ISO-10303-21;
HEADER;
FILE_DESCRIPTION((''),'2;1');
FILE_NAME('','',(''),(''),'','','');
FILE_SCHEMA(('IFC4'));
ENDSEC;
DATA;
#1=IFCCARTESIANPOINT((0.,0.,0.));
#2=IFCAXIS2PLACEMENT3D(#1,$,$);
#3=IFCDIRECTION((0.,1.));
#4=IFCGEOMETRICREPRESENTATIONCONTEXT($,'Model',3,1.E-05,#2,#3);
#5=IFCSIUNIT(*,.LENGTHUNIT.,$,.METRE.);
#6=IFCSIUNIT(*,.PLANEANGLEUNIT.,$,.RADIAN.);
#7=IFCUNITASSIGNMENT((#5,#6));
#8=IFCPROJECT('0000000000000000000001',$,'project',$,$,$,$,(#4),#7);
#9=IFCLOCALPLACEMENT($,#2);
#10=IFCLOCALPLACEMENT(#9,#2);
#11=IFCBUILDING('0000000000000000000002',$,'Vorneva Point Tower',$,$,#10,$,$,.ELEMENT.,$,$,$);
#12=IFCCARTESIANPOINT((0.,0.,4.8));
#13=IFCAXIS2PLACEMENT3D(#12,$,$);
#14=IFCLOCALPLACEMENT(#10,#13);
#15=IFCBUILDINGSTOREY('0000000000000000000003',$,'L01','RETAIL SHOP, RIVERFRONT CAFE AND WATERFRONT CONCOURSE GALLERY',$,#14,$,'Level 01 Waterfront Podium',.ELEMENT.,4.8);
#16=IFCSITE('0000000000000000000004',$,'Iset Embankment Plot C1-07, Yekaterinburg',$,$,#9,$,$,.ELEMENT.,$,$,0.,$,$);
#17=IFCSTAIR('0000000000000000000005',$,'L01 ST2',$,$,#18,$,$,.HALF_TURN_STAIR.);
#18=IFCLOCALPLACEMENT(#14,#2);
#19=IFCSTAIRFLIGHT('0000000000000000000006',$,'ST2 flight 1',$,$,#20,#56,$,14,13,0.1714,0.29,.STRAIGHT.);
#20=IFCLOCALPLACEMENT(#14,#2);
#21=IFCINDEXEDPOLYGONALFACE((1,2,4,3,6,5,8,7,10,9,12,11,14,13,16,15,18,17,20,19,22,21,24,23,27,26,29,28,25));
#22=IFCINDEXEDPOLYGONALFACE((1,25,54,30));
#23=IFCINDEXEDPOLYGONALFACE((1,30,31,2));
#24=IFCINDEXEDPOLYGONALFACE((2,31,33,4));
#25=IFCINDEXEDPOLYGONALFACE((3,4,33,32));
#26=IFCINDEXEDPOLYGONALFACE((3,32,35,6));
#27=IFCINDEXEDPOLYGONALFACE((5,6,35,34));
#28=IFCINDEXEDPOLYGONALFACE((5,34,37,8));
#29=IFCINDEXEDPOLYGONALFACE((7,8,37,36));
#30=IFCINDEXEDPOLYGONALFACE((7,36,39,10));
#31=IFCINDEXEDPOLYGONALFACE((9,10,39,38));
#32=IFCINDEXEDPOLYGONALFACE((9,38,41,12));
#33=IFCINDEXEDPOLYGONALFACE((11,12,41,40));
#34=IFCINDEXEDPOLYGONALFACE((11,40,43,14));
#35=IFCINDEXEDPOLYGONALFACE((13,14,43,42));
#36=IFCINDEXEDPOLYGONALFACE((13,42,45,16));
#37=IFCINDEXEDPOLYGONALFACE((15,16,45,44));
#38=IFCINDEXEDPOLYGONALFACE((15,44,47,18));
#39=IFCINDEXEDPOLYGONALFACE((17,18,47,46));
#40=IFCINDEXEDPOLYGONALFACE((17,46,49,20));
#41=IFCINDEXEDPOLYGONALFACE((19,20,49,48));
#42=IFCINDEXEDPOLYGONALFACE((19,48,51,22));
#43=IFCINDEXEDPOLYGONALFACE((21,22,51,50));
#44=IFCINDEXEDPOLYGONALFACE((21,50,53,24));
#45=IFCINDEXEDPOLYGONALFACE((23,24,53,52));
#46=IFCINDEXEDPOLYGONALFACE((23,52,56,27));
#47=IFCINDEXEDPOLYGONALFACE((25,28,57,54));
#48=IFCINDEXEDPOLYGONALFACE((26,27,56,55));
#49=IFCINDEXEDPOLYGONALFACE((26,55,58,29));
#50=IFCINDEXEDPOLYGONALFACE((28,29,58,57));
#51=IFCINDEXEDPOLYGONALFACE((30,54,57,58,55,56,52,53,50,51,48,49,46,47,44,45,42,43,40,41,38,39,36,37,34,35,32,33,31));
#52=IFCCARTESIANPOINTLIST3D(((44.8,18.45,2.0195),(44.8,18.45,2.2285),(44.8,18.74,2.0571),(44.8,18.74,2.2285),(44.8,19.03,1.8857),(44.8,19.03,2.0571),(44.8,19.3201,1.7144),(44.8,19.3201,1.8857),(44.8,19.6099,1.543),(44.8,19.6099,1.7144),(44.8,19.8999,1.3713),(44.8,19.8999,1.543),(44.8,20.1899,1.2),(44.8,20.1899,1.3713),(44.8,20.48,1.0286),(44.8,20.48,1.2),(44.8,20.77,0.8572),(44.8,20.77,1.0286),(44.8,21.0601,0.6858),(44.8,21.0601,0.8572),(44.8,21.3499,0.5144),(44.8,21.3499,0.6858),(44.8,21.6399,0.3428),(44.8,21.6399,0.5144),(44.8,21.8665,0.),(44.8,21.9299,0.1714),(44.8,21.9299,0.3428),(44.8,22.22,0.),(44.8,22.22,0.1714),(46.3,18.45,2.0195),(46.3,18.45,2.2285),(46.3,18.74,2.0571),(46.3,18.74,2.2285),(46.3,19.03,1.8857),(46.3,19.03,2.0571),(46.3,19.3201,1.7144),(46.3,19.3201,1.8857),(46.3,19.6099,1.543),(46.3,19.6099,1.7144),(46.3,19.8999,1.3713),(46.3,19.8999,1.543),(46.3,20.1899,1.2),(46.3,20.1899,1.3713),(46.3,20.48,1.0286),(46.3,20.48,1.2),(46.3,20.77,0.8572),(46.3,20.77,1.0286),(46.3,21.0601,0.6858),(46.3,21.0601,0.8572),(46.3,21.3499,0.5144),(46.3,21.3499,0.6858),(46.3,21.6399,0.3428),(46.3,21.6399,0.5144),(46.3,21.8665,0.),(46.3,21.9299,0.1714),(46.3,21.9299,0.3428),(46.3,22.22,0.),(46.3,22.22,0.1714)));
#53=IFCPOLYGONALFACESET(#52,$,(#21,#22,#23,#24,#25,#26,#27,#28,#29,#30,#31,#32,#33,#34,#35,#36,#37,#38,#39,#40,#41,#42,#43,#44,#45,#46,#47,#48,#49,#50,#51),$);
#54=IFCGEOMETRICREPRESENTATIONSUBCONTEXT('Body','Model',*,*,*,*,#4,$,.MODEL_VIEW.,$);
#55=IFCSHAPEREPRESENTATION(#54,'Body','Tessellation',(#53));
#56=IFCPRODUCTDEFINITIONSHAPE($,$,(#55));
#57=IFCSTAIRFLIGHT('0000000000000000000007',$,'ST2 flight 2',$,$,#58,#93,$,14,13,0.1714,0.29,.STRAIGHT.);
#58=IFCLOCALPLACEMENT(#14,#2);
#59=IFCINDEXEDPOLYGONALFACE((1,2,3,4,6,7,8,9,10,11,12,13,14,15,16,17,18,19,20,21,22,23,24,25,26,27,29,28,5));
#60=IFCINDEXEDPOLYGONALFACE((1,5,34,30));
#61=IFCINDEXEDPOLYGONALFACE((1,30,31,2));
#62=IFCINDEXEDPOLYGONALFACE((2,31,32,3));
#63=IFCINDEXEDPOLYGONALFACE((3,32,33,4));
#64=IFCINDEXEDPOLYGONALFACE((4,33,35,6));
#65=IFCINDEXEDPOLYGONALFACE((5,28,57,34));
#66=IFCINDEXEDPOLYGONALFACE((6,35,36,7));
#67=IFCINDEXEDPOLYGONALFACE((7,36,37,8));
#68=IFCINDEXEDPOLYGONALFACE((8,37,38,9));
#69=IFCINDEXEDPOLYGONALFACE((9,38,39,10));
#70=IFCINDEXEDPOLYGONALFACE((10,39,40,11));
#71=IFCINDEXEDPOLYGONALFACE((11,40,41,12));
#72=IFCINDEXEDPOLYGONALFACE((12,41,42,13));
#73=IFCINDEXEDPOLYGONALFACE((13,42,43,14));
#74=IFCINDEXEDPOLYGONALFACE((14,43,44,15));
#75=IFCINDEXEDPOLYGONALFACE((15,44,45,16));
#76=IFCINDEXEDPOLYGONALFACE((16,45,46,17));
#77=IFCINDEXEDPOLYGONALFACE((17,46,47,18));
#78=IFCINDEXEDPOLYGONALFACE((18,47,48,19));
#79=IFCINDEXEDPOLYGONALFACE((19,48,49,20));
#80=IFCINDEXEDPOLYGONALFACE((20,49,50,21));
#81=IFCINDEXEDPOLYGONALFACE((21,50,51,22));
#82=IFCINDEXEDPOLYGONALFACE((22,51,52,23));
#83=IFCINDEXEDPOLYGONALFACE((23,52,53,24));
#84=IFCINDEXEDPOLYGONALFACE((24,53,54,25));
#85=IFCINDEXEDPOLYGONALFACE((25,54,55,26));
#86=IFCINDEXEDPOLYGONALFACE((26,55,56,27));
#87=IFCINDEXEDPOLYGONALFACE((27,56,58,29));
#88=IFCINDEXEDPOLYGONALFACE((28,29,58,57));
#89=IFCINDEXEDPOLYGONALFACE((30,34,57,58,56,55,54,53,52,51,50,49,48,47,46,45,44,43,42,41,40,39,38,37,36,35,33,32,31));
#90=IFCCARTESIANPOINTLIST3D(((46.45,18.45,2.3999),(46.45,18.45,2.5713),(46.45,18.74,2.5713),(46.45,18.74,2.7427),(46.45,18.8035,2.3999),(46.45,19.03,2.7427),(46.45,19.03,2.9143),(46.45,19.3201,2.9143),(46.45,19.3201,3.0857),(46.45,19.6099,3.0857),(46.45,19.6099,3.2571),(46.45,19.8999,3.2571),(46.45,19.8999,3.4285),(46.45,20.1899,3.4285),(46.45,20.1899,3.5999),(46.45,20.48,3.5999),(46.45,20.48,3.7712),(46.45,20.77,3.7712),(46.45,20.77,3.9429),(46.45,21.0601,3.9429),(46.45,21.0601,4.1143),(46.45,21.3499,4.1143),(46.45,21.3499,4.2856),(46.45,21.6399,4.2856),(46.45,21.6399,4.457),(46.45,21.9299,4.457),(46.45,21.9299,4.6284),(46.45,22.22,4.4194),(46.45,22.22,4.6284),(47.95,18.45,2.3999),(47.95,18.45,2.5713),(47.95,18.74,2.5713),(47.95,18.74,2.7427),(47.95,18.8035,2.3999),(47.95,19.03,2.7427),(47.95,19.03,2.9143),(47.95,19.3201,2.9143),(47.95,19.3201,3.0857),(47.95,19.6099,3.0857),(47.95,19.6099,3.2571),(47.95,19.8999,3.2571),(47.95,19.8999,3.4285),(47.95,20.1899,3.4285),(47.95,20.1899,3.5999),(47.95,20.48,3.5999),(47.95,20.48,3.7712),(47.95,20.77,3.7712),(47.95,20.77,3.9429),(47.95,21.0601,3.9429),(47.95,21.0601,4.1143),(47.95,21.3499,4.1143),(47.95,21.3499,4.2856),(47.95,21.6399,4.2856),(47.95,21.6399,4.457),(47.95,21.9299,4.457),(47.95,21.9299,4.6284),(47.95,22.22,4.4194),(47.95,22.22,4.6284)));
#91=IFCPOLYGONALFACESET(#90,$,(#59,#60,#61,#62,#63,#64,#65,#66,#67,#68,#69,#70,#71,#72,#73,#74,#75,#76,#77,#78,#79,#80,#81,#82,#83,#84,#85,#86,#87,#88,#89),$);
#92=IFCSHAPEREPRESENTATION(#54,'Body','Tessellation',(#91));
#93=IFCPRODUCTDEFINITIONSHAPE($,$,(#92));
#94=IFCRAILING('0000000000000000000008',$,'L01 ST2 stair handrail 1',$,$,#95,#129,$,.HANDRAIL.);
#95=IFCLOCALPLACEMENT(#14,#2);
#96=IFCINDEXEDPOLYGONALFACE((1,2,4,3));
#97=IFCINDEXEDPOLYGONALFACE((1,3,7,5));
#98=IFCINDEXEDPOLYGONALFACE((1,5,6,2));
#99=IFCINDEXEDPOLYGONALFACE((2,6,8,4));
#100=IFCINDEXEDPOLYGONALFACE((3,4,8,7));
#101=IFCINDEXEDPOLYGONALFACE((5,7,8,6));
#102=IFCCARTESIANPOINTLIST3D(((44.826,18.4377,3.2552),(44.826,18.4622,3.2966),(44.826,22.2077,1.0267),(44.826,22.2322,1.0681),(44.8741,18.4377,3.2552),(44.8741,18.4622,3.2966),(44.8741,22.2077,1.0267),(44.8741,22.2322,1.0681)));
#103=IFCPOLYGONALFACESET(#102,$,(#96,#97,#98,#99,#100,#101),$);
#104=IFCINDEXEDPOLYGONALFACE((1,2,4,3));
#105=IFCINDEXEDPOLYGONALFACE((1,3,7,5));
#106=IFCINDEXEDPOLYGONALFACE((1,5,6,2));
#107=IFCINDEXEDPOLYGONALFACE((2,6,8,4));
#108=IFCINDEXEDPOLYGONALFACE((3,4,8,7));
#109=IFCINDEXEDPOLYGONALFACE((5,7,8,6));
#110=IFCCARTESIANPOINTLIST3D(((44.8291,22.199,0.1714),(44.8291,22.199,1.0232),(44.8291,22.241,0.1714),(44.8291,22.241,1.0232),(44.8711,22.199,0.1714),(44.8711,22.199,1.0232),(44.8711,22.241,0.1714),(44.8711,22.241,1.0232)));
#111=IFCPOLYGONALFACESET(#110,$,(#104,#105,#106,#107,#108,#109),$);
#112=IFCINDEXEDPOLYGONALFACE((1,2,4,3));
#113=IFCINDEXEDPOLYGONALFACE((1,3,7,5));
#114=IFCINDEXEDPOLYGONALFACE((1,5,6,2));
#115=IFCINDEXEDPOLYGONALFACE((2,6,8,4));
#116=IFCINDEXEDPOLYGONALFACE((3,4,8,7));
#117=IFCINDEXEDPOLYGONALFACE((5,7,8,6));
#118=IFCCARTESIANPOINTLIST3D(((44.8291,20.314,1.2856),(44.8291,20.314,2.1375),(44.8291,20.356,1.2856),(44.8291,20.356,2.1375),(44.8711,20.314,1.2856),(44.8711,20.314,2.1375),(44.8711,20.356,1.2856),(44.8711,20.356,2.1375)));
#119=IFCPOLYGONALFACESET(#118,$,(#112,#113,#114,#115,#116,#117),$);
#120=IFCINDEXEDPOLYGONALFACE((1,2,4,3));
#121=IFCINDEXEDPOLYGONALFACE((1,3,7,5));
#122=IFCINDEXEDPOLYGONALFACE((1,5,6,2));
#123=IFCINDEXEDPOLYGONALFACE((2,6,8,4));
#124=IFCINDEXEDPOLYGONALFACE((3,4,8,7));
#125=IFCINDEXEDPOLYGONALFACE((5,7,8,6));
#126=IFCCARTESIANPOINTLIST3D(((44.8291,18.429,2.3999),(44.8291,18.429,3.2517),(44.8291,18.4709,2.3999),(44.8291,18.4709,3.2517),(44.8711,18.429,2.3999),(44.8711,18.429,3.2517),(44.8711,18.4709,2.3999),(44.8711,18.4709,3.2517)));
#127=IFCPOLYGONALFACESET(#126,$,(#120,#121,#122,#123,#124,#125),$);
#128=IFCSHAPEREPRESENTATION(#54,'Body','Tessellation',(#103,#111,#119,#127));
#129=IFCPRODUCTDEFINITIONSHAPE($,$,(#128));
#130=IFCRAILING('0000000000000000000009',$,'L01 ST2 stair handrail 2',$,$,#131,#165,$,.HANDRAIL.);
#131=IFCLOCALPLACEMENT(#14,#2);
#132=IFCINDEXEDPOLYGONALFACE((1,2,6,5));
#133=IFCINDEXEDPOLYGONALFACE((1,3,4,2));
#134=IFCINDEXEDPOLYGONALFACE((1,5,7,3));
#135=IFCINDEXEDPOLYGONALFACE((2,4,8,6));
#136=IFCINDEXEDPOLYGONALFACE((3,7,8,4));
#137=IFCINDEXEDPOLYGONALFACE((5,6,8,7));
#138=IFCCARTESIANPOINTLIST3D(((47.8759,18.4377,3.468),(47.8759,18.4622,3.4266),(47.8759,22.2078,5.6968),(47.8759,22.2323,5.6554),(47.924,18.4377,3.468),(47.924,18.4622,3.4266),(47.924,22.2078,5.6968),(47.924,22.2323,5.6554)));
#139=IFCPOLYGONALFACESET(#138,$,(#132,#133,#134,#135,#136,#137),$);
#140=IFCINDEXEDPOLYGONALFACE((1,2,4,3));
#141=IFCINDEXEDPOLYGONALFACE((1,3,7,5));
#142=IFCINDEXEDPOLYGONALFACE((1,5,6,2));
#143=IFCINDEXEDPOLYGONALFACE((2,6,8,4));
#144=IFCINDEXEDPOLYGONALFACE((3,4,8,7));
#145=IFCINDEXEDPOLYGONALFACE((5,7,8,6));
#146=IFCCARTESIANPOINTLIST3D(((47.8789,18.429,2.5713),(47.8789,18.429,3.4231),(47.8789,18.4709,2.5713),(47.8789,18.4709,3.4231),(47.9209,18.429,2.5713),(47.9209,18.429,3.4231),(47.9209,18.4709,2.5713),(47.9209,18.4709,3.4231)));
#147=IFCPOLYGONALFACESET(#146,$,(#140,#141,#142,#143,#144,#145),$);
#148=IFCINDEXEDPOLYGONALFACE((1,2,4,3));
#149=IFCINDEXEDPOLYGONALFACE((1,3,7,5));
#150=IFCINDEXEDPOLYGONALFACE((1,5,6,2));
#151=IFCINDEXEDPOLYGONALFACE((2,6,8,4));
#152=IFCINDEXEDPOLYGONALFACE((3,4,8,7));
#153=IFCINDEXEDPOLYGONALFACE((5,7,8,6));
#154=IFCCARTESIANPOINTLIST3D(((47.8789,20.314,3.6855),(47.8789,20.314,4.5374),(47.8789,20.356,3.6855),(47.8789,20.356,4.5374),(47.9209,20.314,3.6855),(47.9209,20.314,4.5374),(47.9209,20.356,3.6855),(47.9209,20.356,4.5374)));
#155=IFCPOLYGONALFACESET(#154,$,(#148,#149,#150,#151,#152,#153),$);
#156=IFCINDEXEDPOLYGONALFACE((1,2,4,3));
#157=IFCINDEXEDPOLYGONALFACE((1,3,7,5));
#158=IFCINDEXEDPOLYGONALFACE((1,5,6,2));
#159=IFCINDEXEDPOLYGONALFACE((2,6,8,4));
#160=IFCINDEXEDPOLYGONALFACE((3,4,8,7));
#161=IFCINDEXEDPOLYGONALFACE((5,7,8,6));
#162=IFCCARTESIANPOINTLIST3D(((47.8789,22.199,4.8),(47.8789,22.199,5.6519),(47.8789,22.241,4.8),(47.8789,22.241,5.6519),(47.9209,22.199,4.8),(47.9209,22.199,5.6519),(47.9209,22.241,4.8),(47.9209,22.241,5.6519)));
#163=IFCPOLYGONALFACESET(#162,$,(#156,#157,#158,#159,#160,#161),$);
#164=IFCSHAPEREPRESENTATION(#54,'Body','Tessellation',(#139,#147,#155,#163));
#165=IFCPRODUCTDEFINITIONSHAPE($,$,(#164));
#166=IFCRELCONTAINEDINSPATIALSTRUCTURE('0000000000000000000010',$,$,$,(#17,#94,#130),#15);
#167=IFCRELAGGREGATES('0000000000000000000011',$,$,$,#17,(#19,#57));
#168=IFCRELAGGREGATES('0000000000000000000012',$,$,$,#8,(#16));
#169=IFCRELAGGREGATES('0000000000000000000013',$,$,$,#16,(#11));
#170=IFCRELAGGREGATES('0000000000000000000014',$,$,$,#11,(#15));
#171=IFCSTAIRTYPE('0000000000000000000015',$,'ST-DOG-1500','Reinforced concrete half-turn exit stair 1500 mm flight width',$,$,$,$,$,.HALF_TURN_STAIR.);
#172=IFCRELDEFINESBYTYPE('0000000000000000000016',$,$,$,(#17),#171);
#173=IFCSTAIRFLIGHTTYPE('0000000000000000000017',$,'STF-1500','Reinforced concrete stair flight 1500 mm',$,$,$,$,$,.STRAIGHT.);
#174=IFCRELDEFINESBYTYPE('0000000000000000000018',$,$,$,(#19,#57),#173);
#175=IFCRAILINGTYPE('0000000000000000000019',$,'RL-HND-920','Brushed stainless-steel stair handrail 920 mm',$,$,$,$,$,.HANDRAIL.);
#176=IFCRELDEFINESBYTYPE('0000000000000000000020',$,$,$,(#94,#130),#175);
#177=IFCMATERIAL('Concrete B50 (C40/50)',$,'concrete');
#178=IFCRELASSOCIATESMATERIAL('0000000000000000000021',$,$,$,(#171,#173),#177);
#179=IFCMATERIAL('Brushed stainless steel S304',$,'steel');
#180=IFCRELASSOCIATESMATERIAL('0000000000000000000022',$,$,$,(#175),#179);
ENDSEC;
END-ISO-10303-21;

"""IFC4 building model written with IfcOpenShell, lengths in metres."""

from ifc_helpers import new_model, si_unit, direction, frame, origin, origin_2d, place, context, subcontext, project, spatial, polyline, rectangle, outline, extrude, material, type_object, element, aggregate, save


model = new_model("IFC4")

# Units and contexts
model_context = context("Model", 3, precision=1e-05, world=origin(), true_north=direction((0.0, 1.0)))
body_context = subcontext(model_context, "Body", "Model", "MODEL_VIEW")
ifc_project = project(units=[si_unit("LENGTHUNIT", "METRE"), si_unit("PLANEANGLEUNIT", "RADIAN")], contexts=[model_context])

# Site, building, storey
site_placement = place(None, origin())
site = spatial("IfcSite", under=ifc_project, at=site_placement, Name="Iset Embankment Plot C1-07, Yekaterinburg", CompositionType="ELEMENT", RefElevation=0.0)
building_placement = place(site_placement, origin())
building = spatial("IfcBuilding", under=site, at=building_placement, Name="Vorneva Point Tower", CompositionType="ELEMENT")
storey_placement = place(building_placement, frame((0.0, 0.0, 4.8)))
storey = spatial("IfcBuildingStorey", under=building, at=storey_placement, Name="L01", Description="RETAIL SHOP, RIVERFRONT CAFE AND WATERFRONT CONCOURSE GALLERY", LongName="Level 01 Waterfront Podium", CompositionType="ELEMENT", Elevation=4.8)

# Shared definitions
ifc_material_1 = material(Name="Concrete B50 (C40/50)", Category="concrete")

# Stair, stair flights
stair_type = type_object("IfcStairType", Name="ST-DOG-1500", Description="Reinforced concrete half-turn exit stair 1500 mm flight width", PredefinedType="HALF_TURN_STAIR", material=ifc_material_1)
stair_placement = place(storey_placement, origin())
stair = element("IfcStair", 1, at=stair_placement, inside=storey, type_object=stair_type, Name="L01 ST2", PredefinedType="HALF_TURN_STAIR")
stair_flight_type = type_object("IfcStairFlightType", Name="STF-1500", Description="Reinforced concrete stair flight 1500 mm", PredefinedType="STRAIGHT", material=ifc_material_1)
stair_flight_1_placement = place(storey_placement, frame((45.55, 22.22, 0.0), z_axis=(0.0, 0.0, 1.0), x_axis=(0.0, -1.0, 0.0)))
stair_flight_1 = element("IfcStairFlight", 2, at=stair_flight_1_placement, type_object=stair_flight_type, Name="ST2 flight 1", NumberOfRisers=14, NumberOfTreads=13, PredefinedType="STRAIGHT", RiserHeight=0.1714, TreadLength=0.29, context=body_context, shape_type="SweptSolid", body=[
    extrude(outline(polyline([(0.0, 0.0), (0.0, 0.1714), (0.29, 0.1714), (0.29, 0.3428), (0.5801, 0.3428), (0.5801, 0.5144), (0.8701, 0.5144), (0.8701, 0.6858), (1.1599, 0.6858), (1.1599, 0.8572), (1.45, 0.8572), (1.45, 1.0286), (1.74, 1.0286), (1.74, 1.2), (2.03, 1.2), (2.03, 1.3713), (2.3201, 1.3713), (2.3201, 1.543), (2.6101, 1.543), (2.6101, 1.7144), (2.8999, 1.7144), (2.8999, 1.8857), (3.1899, 1.8857), (3.1899, 2.0571), (3.48, 2.0571), (3.48, 2.2285), (3.77, 2.2285), (3.77, 2.3999), (3.77, 2.0195), (0.3535, 0.0), (0.0, 0.0)])), frame((0.0, 0.75, 0.0), z_axis=(0.0, -1.0, 0.0), x_axis=(1.0, 0.0, 0.0)), (0.0, 0.0, 1.0), 1.5),
])
stair_flight_2_placement = place(storey_placement, frame((47.2, 18.45, 2.3999), z_axis=(0.0, 0.0, 1.0), x_axis=(0.0, 1.0, 0.0)))
stair_flight_2 = element("IfcStairFlight", 3, at=stair_flight_2_placement, type_object=stair_flight_type, Name="ST2 flight 2", NumberOfRisers=14, NumberOfTreads=13, PredefinedType="STRAIGHT", RiserHeight=0.1714, TreadLength=0.29, context=body_context, shape_type="SweptSolid", body=[
    extrude(outline(polyline([(0.0, 0.0), (0.0, 0.1714), (0.29, 0.1714), (0.29, 0.3428), (0.5801, 0.3428), (0.5801, 0.5144), (0.8701, 0.5144), (0.8701, 0.6858), (1.1599, 0.6858), (1.1599, 0.8572), (1.45, 0.8572), (1.45, 1.0286), (1.74, 1.0286), (1.74, 1.2), (2.03, 1.2), (2.03, 1.3713), (2.3201, 1.3713), (2.3201, 1.543), (2.6101, 1.543), (2.6101, 1.7144), (2.8999, 1.7144), (2.8999, 1.8857), (3.1899, 1.8857), (3.1899, 2.0571), (3.48, 2.0571), (3.48, 2.2285), (3.77, 2.2285), (3.77, 2.3999), (3.77, 2.0195), (0.3535, 0.0), (0.0, 0.0)])), frame((0.0, 0.75, 0.0), z_axis=(0.0, -1.0, 0.0), x_axis=(1.0, 0.0, 0.0)), (0.0, 0.0, 1.0), 1.5),
])
aggregate(stair, [stair_flight_1, stair_flight_2])

# Railings
ifc_material_2 = material(Name="Brushed stainless steel S304", Category="steel")
railing_type_1 = type_object("IfcRailingType", Name="RL-HND-920", Description="Brushed stainless-steel stair handrail 920 mm", PredefinedType="HANDRAIL", material=ifc_material_2)
railing_1_placement = place(storey_placement, frame((44.8501, 22.22, 0.1714)))
element("IfcRailing", 4, at=railing_1_placement, inside=storey, type_object=railing_type_1, Name="L01 ST2 stair handrail 1", PredefinedType="HANDRAIL", context=body_context, shape_type="SweptSolid", body=[
    extrude(rectangle(XDim=0.0481, YDim=0.0481, at=origin_2d()), frame((0.0, 0.0, 0.876), z_axis=(0.0, -0.860849, 0.508861), x_axis=(1.0, 0.0, 0.0)), (0.0, 0.0, 1.0), 4.3794),
    extrude(rectangle(XDim=0.042, YDim=0.042, at=origin_2d()), origin(), (0.0, 0.0, 1.0), 0.8518),
    extrude(rectangle(XDim=0.042, YDim=0.042, at=origin_2d()), frame((0.0, -1.885, 1.1143)), (0.0, 0.0, 1.0), 0.8518),
    extrude(rectangle(XDim=0.042, YDim=0.042, at=origin_2d()), frame((0.0, -3.77, 2.2285)), (0.0, 0.0, 1.0), 0.8518),
])
railing_2_placement = place(storey_placement, frame((47.8999, 18.45, 2.5713)))
element("IfcRailing", 5, at=railing_2_placement, inside=storey, type_object=railing_type_1, Name="L01 ST2 stair handrail 2", PredefinedType="HANDRAIL", context=body_context, shape_type="SweptSolid", body=[
    extrude(rectangle(XDim=0.0481, YDim=0.0481, at=origin_2d()), frame((0.0, 0.0, 0.876), z_axis=(0.0, 0.860824, 0.508902), x_axis=(-1.0, 0.0, 0.0)), (0.0, 0.0, 1.0), 4.3796),
    extrude(rectangle(XDim=0.042, YDim=0.042, at=origin_2d()), origin(), (0.0, 0.0, 1.0), 0.8518),
    extrude(rectangle(XDim=0.042, YDim=0.042, at=origin_2d()), frame((0.0, 1.885, 1.1143)), (0.0, 0.0, 1.0), 0.8518),
    extrude(rectangle(XDim=0.042, YDim=0.042, at=origin_2d()), frame((0.0, 3.77, 2.2288)), (0.0, 0.0, 1.0), 0.8518),
])

save(model, "model.ifc")
